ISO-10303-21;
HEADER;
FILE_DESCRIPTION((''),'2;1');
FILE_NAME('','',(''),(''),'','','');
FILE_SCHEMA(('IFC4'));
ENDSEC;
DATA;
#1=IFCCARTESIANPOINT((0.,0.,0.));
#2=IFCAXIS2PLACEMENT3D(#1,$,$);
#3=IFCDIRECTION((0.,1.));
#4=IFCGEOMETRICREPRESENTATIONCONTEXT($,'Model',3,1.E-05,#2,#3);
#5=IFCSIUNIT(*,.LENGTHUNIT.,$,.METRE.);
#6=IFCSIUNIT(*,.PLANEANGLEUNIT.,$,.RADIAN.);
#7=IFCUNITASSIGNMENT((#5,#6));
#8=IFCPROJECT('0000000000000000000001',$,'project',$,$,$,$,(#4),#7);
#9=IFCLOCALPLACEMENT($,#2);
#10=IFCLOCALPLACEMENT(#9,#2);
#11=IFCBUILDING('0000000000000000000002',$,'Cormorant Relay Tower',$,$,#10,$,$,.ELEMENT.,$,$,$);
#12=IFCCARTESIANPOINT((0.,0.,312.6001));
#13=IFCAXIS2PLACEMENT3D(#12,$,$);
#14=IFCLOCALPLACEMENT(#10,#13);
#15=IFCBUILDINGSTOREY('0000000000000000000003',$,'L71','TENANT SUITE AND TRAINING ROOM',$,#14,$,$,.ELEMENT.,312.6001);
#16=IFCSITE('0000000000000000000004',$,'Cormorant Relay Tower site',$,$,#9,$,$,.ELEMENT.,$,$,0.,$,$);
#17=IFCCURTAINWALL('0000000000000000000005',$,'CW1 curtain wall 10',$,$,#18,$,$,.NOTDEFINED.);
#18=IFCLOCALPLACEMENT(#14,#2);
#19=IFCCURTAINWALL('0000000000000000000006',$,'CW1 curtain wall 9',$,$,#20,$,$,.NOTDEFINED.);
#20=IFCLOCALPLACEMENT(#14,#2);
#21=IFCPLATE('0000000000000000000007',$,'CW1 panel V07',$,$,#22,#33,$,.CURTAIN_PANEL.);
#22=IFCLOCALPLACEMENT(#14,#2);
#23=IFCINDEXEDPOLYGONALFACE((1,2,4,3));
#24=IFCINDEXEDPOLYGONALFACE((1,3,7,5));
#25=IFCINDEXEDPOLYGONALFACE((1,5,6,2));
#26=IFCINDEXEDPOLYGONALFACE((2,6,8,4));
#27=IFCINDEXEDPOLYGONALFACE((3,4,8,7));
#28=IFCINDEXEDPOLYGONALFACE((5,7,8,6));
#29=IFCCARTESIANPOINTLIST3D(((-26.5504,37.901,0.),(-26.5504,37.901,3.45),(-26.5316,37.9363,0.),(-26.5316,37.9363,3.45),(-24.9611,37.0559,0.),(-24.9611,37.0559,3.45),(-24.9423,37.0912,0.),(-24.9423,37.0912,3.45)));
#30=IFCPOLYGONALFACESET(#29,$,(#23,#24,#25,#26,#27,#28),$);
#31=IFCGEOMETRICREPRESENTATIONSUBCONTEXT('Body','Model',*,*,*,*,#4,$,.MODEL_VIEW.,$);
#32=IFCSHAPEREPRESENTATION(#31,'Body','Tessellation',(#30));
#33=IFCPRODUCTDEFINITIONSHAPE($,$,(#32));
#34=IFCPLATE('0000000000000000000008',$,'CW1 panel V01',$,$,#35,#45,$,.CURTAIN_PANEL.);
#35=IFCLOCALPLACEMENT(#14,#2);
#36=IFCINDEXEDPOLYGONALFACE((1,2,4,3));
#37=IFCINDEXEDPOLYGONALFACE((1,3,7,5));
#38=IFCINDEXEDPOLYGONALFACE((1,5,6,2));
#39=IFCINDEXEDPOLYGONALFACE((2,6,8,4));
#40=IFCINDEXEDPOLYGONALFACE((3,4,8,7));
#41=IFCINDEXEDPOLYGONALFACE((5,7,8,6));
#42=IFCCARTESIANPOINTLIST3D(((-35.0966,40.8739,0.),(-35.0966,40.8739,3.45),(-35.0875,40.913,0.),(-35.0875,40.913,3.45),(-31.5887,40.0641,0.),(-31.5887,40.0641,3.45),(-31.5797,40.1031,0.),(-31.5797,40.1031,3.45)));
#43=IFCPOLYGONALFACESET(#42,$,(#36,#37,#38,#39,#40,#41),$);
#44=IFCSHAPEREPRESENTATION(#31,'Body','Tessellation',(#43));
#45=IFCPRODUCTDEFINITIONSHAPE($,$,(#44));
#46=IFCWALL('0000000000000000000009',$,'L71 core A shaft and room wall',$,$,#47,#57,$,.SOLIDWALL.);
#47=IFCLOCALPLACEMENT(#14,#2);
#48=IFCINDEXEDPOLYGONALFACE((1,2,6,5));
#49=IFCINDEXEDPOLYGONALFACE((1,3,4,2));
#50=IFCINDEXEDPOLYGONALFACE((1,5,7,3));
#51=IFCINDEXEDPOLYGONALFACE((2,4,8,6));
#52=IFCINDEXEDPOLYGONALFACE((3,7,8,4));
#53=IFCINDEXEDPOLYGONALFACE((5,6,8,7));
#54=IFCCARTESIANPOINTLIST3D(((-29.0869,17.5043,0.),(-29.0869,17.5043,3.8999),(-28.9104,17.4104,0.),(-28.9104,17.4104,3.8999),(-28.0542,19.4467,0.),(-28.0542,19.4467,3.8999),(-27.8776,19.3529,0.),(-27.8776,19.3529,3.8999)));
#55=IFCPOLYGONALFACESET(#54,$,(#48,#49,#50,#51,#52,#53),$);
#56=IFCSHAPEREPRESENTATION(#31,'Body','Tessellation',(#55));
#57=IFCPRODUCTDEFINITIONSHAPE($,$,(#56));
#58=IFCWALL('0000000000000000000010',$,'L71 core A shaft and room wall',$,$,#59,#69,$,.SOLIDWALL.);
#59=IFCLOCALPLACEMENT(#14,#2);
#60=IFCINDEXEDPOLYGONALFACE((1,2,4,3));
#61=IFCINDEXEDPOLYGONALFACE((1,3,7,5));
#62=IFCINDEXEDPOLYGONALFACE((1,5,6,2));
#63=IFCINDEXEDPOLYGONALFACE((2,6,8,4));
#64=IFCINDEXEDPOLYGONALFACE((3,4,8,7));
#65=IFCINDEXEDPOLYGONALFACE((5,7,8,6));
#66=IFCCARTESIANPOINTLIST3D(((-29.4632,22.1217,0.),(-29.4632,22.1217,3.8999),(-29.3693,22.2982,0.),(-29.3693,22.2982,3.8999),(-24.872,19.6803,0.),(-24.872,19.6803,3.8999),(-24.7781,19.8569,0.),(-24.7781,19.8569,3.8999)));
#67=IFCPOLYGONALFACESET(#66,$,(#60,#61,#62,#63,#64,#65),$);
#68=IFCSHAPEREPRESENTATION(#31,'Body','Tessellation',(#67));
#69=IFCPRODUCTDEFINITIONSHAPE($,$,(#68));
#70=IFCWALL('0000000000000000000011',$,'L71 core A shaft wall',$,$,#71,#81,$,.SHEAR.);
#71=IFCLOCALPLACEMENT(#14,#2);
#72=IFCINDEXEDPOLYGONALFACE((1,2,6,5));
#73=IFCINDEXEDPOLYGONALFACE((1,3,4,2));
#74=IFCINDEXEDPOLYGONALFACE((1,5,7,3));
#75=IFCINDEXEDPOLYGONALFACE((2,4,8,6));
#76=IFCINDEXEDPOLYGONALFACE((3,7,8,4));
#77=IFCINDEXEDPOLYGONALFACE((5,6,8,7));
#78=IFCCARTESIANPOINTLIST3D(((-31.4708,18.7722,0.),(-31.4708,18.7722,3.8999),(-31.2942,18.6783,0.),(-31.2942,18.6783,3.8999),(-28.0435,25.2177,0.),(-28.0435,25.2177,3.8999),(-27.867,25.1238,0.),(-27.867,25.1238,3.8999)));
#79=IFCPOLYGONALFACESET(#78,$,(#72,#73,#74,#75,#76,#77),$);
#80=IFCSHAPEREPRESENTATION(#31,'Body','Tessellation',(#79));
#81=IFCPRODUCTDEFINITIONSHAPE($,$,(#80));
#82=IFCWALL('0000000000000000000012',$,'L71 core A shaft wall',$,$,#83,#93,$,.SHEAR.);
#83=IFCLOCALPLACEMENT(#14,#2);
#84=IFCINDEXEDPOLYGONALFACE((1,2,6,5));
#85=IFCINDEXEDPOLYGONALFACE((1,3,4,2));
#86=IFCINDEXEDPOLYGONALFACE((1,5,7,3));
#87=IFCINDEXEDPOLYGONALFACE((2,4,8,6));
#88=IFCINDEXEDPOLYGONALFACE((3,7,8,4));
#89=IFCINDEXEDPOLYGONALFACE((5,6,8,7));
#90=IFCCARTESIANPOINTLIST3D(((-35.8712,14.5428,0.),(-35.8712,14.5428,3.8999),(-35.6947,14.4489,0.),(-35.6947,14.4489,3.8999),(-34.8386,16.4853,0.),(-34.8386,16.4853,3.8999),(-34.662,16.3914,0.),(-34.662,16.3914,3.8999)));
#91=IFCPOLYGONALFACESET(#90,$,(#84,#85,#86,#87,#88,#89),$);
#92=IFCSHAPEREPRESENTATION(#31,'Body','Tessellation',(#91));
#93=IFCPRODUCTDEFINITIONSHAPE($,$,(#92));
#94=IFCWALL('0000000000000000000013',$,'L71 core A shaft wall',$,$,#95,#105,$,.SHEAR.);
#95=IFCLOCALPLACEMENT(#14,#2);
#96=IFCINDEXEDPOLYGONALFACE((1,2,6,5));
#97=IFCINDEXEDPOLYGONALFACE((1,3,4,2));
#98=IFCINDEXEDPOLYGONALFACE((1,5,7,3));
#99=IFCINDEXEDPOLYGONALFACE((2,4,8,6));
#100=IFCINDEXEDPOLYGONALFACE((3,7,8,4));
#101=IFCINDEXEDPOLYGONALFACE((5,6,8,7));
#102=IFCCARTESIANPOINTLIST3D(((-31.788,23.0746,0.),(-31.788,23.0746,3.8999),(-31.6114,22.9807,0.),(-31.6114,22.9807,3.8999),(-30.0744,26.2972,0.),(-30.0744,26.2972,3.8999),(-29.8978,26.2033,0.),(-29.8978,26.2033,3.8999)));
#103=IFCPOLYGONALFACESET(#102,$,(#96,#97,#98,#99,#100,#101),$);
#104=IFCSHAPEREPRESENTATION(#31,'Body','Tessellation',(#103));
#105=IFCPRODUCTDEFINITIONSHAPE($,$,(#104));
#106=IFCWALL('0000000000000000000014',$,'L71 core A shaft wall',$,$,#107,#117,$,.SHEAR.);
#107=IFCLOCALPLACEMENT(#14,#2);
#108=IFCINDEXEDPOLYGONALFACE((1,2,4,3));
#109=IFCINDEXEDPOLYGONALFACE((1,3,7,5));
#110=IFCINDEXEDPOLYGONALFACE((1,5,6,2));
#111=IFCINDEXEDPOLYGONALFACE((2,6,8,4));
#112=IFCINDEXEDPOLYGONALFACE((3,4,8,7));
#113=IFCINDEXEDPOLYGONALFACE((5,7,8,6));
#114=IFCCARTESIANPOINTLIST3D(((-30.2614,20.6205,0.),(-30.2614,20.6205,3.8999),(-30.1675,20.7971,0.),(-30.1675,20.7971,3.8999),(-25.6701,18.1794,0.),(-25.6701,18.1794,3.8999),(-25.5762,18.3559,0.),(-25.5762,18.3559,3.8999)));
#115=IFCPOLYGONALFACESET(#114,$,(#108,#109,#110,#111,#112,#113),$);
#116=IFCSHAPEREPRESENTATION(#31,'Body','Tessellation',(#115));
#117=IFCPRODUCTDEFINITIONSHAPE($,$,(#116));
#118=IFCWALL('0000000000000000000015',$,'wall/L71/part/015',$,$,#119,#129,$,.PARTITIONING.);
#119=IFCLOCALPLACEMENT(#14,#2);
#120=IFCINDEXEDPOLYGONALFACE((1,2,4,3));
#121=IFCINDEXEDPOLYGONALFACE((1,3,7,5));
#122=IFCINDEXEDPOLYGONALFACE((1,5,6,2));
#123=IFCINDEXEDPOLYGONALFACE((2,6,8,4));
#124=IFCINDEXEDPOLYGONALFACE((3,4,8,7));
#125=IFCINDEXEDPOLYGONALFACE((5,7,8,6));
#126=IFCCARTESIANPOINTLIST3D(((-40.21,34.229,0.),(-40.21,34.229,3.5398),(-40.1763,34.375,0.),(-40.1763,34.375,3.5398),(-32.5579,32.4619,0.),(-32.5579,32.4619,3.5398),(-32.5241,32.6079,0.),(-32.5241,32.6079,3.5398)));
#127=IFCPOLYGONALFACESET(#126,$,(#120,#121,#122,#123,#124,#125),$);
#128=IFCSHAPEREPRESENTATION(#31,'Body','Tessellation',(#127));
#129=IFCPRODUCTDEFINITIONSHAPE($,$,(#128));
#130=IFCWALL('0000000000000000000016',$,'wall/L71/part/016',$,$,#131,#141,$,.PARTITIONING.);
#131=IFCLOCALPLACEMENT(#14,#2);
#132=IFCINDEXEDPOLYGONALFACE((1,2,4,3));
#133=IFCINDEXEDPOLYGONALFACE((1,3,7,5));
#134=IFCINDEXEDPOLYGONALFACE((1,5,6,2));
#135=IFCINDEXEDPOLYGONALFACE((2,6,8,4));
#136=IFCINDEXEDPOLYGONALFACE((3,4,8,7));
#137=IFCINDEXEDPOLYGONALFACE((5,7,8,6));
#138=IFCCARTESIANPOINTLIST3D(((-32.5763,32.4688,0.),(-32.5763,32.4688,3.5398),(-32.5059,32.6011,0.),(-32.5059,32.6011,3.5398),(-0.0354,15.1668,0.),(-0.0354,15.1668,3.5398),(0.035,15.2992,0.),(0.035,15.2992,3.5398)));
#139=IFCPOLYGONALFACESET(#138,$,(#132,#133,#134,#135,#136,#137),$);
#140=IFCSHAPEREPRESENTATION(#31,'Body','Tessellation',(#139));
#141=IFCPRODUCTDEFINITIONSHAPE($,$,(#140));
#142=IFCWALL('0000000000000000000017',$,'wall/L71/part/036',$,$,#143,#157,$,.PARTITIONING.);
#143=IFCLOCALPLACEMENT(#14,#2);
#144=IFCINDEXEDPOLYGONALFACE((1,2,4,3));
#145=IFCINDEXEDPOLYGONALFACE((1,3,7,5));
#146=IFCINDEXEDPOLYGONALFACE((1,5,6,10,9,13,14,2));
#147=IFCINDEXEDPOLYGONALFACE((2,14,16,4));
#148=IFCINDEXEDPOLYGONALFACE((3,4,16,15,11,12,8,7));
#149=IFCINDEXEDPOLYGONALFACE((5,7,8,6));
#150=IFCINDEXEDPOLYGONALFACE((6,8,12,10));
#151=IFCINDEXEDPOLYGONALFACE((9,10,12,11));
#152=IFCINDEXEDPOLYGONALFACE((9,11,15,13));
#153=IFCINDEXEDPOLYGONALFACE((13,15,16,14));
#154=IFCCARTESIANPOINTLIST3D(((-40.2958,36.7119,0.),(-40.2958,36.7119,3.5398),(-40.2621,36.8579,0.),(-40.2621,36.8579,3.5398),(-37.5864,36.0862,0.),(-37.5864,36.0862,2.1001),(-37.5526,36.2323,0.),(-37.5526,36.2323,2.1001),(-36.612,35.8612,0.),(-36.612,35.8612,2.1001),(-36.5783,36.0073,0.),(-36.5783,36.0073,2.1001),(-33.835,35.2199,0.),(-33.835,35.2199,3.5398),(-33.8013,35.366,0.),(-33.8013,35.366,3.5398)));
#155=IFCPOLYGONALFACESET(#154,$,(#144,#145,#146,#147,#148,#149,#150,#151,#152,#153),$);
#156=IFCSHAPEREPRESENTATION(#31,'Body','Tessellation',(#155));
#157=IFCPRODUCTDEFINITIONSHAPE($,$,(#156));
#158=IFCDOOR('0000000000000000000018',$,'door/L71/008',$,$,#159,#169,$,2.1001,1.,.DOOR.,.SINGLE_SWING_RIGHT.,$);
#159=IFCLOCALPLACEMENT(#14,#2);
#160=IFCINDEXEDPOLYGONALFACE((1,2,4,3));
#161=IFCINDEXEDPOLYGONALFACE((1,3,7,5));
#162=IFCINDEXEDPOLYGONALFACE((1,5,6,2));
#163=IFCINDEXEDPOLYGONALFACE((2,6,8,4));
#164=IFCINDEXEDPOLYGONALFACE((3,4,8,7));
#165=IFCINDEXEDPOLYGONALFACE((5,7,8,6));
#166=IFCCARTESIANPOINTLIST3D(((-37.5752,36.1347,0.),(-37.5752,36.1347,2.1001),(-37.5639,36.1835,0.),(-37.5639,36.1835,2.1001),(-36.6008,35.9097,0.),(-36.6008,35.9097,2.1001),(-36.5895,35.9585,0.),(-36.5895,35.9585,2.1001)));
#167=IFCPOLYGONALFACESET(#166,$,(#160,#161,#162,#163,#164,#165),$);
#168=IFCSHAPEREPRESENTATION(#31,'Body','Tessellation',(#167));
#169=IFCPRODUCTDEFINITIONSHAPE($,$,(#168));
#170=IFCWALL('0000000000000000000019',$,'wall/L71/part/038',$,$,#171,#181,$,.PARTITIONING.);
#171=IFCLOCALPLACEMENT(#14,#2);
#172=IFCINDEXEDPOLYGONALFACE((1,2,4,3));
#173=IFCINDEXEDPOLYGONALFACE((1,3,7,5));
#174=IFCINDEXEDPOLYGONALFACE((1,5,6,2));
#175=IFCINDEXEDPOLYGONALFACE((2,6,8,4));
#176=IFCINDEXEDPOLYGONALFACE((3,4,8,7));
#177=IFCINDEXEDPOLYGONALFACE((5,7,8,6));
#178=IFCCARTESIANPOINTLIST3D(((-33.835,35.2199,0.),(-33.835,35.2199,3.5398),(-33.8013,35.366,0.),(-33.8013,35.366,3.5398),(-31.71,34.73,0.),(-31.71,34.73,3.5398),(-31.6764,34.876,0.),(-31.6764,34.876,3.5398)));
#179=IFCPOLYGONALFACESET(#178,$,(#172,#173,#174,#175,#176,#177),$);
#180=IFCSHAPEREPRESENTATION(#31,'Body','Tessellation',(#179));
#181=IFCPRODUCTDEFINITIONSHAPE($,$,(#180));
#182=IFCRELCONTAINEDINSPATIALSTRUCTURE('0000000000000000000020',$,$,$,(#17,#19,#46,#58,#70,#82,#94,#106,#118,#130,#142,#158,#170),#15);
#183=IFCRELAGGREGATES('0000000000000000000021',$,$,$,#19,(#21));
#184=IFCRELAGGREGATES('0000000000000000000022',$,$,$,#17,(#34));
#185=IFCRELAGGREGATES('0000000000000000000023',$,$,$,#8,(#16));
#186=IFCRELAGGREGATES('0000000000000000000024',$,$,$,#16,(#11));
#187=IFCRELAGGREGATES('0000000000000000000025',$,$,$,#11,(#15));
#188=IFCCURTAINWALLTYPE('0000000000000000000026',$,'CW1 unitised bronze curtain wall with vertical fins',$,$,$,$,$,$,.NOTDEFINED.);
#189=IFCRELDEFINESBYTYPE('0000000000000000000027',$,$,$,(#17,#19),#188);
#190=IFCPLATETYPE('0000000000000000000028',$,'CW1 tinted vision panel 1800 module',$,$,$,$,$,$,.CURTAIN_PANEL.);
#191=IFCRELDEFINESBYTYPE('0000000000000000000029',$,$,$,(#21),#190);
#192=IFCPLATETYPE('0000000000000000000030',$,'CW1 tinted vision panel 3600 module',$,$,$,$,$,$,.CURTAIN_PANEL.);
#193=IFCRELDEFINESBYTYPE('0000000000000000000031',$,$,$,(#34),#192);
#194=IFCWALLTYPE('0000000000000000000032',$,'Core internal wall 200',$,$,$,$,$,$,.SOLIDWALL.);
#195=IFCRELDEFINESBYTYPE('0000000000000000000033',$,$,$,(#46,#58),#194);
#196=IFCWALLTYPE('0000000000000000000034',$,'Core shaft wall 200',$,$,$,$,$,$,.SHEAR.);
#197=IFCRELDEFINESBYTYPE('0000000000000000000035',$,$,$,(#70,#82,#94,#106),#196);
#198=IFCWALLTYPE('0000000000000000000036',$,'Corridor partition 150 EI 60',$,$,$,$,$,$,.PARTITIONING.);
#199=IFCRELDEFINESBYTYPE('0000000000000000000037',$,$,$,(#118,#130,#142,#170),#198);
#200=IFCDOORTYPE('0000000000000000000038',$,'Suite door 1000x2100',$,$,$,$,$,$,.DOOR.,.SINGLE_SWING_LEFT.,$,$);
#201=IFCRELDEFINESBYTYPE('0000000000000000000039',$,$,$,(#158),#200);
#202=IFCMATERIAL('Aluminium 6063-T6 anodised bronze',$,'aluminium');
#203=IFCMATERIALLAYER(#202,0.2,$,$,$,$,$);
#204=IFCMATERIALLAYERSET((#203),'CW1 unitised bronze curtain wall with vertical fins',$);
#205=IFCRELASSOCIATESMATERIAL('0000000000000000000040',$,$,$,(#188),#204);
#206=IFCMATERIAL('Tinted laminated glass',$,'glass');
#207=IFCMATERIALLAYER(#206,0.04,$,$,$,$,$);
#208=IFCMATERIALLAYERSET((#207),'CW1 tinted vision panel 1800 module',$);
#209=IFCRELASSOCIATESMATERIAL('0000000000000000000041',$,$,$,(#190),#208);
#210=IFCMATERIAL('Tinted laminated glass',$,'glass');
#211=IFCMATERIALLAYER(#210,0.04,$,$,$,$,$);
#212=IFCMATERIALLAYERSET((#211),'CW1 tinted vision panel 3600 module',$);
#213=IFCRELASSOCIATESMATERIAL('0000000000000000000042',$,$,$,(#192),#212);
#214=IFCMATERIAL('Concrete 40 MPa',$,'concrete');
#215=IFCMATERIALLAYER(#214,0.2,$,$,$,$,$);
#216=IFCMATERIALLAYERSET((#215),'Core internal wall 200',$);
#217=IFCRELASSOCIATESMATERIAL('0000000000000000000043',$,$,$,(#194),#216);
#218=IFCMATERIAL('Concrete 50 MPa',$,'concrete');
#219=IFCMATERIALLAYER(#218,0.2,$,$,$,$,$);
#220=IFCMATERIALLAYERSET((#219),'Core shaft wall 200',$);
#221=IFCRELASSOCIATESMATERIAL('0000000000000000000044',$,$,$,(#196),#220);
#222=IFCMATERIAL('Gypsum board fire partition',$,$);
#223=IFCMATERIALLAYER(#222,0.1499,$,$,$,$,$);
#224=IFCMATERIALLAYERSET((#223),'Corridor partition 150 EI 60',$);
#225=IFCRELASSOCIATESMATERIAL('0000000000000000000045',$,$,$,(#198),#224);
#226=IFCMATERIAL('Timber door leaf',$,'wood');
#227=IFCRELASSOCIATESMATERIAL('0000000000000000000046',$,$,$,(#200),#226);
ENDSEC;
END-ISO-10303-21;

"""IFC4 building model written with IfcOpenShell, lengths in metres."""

from ifc_helpers import new_model, si_unit, direction, frame, frame_2d, origin, origin_2d, place, context, subcontext, project, spatial, rectangle, extrude, material, layer, layer_set, type_object, element, fill, aggregate, save


model = new_model("IFC4")

# Units and contexts
model_context = context("Model", 3, precision=1e-05, world=origin(), true_north=direction((0.0, 1.0)))
body_context = subcontext(model_context, "Body", "Model", "MODEL_VIEW")
ifc_project = project(units=[si_unit("LENGTHUNIT", "METRE"), si_unit("PLANEANGLEUNIT", "RADIAN")], contexts=[model_context])

# Site, building, storey
site_placement = place(None, origin())
site = spatial("IfcSite", under=ifc_project, at=site_placement, Name="Cormorant Relay Tower site", CompositionType="ELEMENT", RefElevation=0.0)
building_placement = place(site_placement, origin())
building = spatial("IfcBuilding", under=site, at=building_placement, Name="Cormorant Relay Tower", CompositionType="ELEMENT")
storey_placement = place(building_placement, frame((0.0, 0.0, 312.6001)))
storey = spatial("IfcBuildingStorey", under=building, at=storey_placement, Name="L71", Description="TENANT SUITE AND TRAINING ROOM", CompositionType="ELEMENT", Elevation=312.6001)

# Curtain wall
ifc_material_1 = material(Name="Aluminium 6063-T6 anodised bronze", Category="aluminium")
ifc_layer_1 = layer(ifc_material_1, 0.2)
ifc_layer_set_1 = layer_set([ifc_layer_1], Name="CW1 unitised bronze curtain wall with vertical fins")
curtain_wall_type = type_object("IfcCurtainWallType", Name="CW1 unitised bronze curtain wall with vertical fins", PredefinedType="NOTDEFINED", material=ifc_layer_set_1)
curtain_wall_1_placement = place(storey_placement, origin())
curtain_wall_1 = element("IfcCurtainWall", 1, at=curtain_wall_1_placement, inside=storey, type_object=curtain_wall_type, Name="CW1 curtain wall 10", PredefinedType="NOTDEFINED")

# Curtain wall, plate
curtain_wall_2_placement = place(storey_placement, origin())
curtain_wall_2 = element("IfcCurtainWall", 2, at=curtain_wall_2_placement, inside=storey, type_object=curtain_wall_type, Name="CW1 curtain wall 9", PredefinedType="NOTDEFINED")
ifc_material_2 = material(Name="Tinted laminated glass", Category="glass")
ifc_layer_2 = layer(ifc_material_2, 0.04)
ifc_layer_set_2 = layer_set([ifc_layer_2], Name="CW1 tinted vision panel 1800 module")
plate_type_1 = type_object("IfcPlateType", Name="CW1 tinted vision panel 1800 module", PredefinedType="CURTAIN_PANEL", material=ifc_layer_set_2)
plate_1_placement = place(storey_placement, frame((-25.7463, 37.4961, 0.0), z_axis=(0.0, 0.0, 1.0), x_axis=(-0.882948, 0.469472, 0.0)))
plate_1 = element("IfcPlate", 3, at=plate_1_placement, type_object=plate_type_1, Name="CW1 panel V07", PredefinedType="CURTAIN_PANEL", context=body_context, shape_type="SweptSolid", body=[
    extrude(rectangle(XDim=1.8, YDim=0.04, at=origin_2d()), origin(), (0.0, 0.0, 1.0), 3.45),
])

# Plate
ifc_material_3 = material(Name="Tinted laminated glass", Category="glass")
ifc_layer_3 = layer(ifc_material_3, 0.04)
ifc_layer_set_3 = layer_set([ifc_layer_3], Name="CW1 tinted vision panel 3600 module")
plate_type_2 = type_object("IfcPlateType", Name="CW1 tinted vision panel 3600 module", PredefinedType="CURTAIN_PANEL", material=ifc_layer_set_3)
plate_2_placement = place(storey_placement, frame((-33.3381, 40.4885, 0.0), z_axis=(0.0, 0.0, 1.0), x_axis=(-0.97437, 0.224951, 0.0)))
plate_2 = element("IfcPlate", 4, at=plate_2_placement, type_object=plate_type_2, Name="CW1 panel V01", PredefinedType="CURTAIN_PANEL", context=body_context, shape_type="SweptSolid", body=[
    extrude(rectangle(XDim=3.6001, YDim=0.04, at=origin_2d()), origin(), (0.0, 0.0, 1.0), 3.45),
])

# Walls
ifc_material_4 = material(Name="Concrete 40 MPa", Category="concrete")
ifc_layer_4 = layer(ifc_material_4, 0.2)
ifc_layer_set_4 = layer_set([ifc_layer_4], Name="Core internal wall 200")
wall_type_1 = type_object("IfcWallType", Name="Core internal wall 200", PredefinedType="SOLIDWALL", material=ifc_layer_set_4)
wall_1_placement = place(storey_placement, frame((-27.9658, 19.3999, 0.0), z_axis=(0.0, 0.0, 1.0), x_axis=(-0.469447, -0.88296, 0.0)))
element("IfcWall", 5, at=wall_1_placement, inside=storey, type_object=wall_type_1, Name="L71 core A shaft and room wall", PredefinedType="SOLIDWALL", context=body_context, shape_type="SweptSolid", body=[
    extrude(rectangle(XDim=2.2, YDim=0.2, at=frame_2d((1.1001, 0.0))), origin(), (0.0, 0.0, 1.0), 3.8999),
])
wall_2_placement = place(storey_placement, frame((-24.825, 19.7686, 0.0), z_axis=(0.0, 0.0, 1.0), x_axis=(-0.882935, 0.469496, 0.0)))
element("IfcWall", 6, at=wall_2_placement, inside=storey, type_object=wall_type_1, Name="L71 core A shaft and room wall", PredefinedType="SOLIDWALL", context=body_context, shape_type="SweptSolid", body=[
    extrude(rectangle(XDim=5.2, YDim=0.2, at=frame_2d((2.6001, 0.0))), origin(), (0.0, 0.0, 1.0), 3.8999),
])
ifc_material_5 = material(Name="Concrete 50 MPa", Category="concrete")
ifc_layer_5 = layer(ifc_material_5, 0.2)
ifc_layer_set_5 = layer_set([ifc_layer_5], Name="Core shaft wall 200")
wall_type_2 = type_object("IfcWallType", Name="Core shaft wall 200", PredefinedType="SHEAR", material=ifc_layer_set_5)
wall_3_placement = place(storey_placement, frame((-27.9553, 25.1707, 0.0), z_axis=(0.0, 0.0, 1.0), x_axis=(-0.46948, -0.882943, 0.0)))
element("IfcWall", 7, at=wall_3_placement, inside=storey, type_object=wall_type_2, Name="L71 core A shaft wall", PredefinedType="SHEAR", context=body_context, shape_type="SweptSolid", body=[
    extrude(rectangle(XDim=7.3, YDim=0.2, at=frame_2d((3.6499, 0.0))), origin(), (0.0, 0.0, 1.0), 3.8999),
])
wall_4_placement = place(storey_placement, frame((-34.7502, 16.4385, 0.0), z_axis=(0.0, 0.0, 1.0), x_axis=(-0.469401, -0.882985, 0.0)))
element("IfcWall", 8, at=wall_4_placement, inside=storey, type_object=wall_type_2, Name="L71 core A shaft wall", PredefinedType="SHEAR", context=body_context, shape_type="SweptSolid", body=[
    extrude(rectangle(XDim=2.2, YDim=0.2, at=frame_2d((1.1001, 0.0))), origin(), (0.0, 0.0, 1.0), 3.8999),
])
wall_5_placement = place(storey_placement, frame((-29.9861, 26.2502, 0.0), z_axis=(0.0, 0.0, 1.0), x_axis=(-0.469494, -0.882936, 0.0)))
element("IfcWall", 9, at=wall_5_placement, inside=storey, type_object=wall_type_2, Name="L71 core A shaft wall", PredefinedType="SHEAR", context=body_context, shape_type="SweptSolid", body=[
    extrude(rectangle(XDim=3.6499, YDim=0.2, at=frame_2d((1.825, 0.0))), origin(), (0.0, 0.0, 1.0), 3.8999),
])

# Wall
wall_6_placement = place(storey_placement, frame((-25.623, 18.2676, 0.0), z_axis=(0.0, 0.0, 1.0), x_axis=(-0.882954, 0.46946, 0.0)))
element("IfcWall", 10, at=wall_6_placement, inside=storey, type_object=wall_type_2, Name="L71 core A shaft wall", PredefinedType="SHEAR", context=body_context, shape_type="SweptSolid", body=[
    extrude(rectangle(XDim=5.2, YDim=0.2, at=frame_2d((2.6001, 0.0))), origin(), (0.0, 0.0, 1.0), 3.8999),
])

# Walls
ifc_material_6 = material(Name="Gypsum board fire partition")
ifc_layer_6 = layer(ifc_material_6, 0.1499)
ifc_layer_set_6 = layer_set([ifc_layer_6], Name="Corridor partition 150 EI 60")
wall_type_3 = type_object("IfcWallType", Name="Corridor partition 150 EI 60", PredefinedType="PARTITIONING", material=ifc_layer_set_6)
wall_7_placement = place(storey_placement, frame((-40.1931, 34.302, 0.0), z_axis=(0.0, 0.0, 1.0), x_axis=(0.974357, -0.225007, 0.0)))
element("IfcWall", 11, at=wall_7_placement, inside=storey, type_object=wall_type_3, Name="wall/L71/part/015", PredefinedType="PARTITIONING", context=body_context, shape_type="SweptSolid", body=[
    extrude(rectangle(XDim=7.8535, YDim=0.1499, at=frame_2d((3.9268, 0.0))), origin(), (0.0, 0.0, 1.0), 3.5398),
])
wall_8_placement = place(storey_placement, frame((-32.541, 32.5349, 0.0), z_axis=(0.0, 0.0, 1.0), x_axis=(0.882952, -0.469464, 0.0)))
element("IfcWall", 12, at=wall_8_placement, inside=storey, type_object=wall_type_3, Name="wall/L71/part/016", PredefinedType="PARTITIONING", context=body_context, shape_type="SweptSolid", body=[
    extrude(rectangle(XDim=36.8547, YDim=0.1499, at=frame_2d((18.4272, 0.0))), origin(), (0.0, 0.0, 1.0), 3.5398),
])

# Wall, opening, door
wall_9_placement = place(storey_placement, frame((-33.8181, 35.293, 0.0), z_axis=(0.0, 0.0, 1.0), x_axis=(-0.97436, 0.224997, 0.0)))
wall_9 = element("IfcWall", 13, at=wall_9_placement, inside=storey, type_object=wall_type_3, Name="wall/L71/part/036", PredefinedType="PARTITIONING", context=body_context, shape_type="SweptSolid", body=[
    extrude(rectangle(XDim=6.6309, YDim=0.1499, at=frame_2d((3.3154, 0.0))), origin(), (0.0, 0.0, 1.0), 3.5398),
])
opening_1_placement = place(wall_9_placement, frame((2.8501, 0.0, 0.0)))
opening_1 = element("IfcOpeningElement", 14, at=opening_1_placement, cuts=wall_9, PredefinedType="OPENING", context=body_context, shape_type="SweptSolid", body=[
    extrude(rectangle(XDim=1.0, YDim=2.1001, at=frame_2d((0.5, 1.05))), frame((0.0, 0.085, 0.0), z_axis=(0.0, -1.0, 0.0), x_axis=(1.0, 0.0, 0.0)), (0.0, 0.0, 1.0), 0.1699),
])
ifc_material_7 = material(Name="Timber door leaf", Category="wood")
door_type_1 = type_object("IfcDoorType", Name="Suite door 1000x2100", OperationType="SINGLE_SWING_LEFT", PredefinedType="DOOR", material=ifc_material_7)
door_1_placement = place(opening_1_placement, frame((1.0, 0.0, 0.0), z_axis=(0.0, 0.0, 1.0), x_axis=(-1.0, 0.0, 0.0)))
door_1 = element("IfcDoor", 15, at=door_1_placement, inside=storey, type_object=door_type_1, Name="door/L71/008", OperationType="SINGLE_SWING_RIGHT", OverallHeight=2.1001, OverallWidth=1.0, PredefinedType="DOOR", context=body_context, shape_type="SweptSolid", body=[
    extrude(rectangle(XDim=1.0, YDim=2.1001, at=frame_2d((0.5, 1.05))), frame((0.0, 0.0249, 0.0), z_axis=(0.0, -1.0, 0.0), x_axis=(1.0, 0.0, 0.0)), (0.0, 0.0, 1.0), 0.05),
])
fill(opening_1, door_1)

# Wall
wall_10_placement = place(storey_placement, frame((-33.8181, 35.293, 0.0), z_axis=(0.0, 0.0, 1.0), x_axis=(0.974431, -0.224688, 0.0)))
element("IfcWall", 16, at=wall_10_placement, inside=storey, type_object=wall_type_3, Name="wall/L71/part/038", PredefinedType="PARTITIONING", context=body_context, shape_type="SweptSolid", body=[
    extrude(rectangle(XDim=2.1807, YDim=0.1499, at=frame_2d((1.0903, 0.0))), origin(), (0.0, 0.0, 1.0), 3.5398),
])

aggregate(curtain_wall_2, [plate_1])
aggregate(curtain_wall_1, [plate_2])

save(model, "model.ifc")
